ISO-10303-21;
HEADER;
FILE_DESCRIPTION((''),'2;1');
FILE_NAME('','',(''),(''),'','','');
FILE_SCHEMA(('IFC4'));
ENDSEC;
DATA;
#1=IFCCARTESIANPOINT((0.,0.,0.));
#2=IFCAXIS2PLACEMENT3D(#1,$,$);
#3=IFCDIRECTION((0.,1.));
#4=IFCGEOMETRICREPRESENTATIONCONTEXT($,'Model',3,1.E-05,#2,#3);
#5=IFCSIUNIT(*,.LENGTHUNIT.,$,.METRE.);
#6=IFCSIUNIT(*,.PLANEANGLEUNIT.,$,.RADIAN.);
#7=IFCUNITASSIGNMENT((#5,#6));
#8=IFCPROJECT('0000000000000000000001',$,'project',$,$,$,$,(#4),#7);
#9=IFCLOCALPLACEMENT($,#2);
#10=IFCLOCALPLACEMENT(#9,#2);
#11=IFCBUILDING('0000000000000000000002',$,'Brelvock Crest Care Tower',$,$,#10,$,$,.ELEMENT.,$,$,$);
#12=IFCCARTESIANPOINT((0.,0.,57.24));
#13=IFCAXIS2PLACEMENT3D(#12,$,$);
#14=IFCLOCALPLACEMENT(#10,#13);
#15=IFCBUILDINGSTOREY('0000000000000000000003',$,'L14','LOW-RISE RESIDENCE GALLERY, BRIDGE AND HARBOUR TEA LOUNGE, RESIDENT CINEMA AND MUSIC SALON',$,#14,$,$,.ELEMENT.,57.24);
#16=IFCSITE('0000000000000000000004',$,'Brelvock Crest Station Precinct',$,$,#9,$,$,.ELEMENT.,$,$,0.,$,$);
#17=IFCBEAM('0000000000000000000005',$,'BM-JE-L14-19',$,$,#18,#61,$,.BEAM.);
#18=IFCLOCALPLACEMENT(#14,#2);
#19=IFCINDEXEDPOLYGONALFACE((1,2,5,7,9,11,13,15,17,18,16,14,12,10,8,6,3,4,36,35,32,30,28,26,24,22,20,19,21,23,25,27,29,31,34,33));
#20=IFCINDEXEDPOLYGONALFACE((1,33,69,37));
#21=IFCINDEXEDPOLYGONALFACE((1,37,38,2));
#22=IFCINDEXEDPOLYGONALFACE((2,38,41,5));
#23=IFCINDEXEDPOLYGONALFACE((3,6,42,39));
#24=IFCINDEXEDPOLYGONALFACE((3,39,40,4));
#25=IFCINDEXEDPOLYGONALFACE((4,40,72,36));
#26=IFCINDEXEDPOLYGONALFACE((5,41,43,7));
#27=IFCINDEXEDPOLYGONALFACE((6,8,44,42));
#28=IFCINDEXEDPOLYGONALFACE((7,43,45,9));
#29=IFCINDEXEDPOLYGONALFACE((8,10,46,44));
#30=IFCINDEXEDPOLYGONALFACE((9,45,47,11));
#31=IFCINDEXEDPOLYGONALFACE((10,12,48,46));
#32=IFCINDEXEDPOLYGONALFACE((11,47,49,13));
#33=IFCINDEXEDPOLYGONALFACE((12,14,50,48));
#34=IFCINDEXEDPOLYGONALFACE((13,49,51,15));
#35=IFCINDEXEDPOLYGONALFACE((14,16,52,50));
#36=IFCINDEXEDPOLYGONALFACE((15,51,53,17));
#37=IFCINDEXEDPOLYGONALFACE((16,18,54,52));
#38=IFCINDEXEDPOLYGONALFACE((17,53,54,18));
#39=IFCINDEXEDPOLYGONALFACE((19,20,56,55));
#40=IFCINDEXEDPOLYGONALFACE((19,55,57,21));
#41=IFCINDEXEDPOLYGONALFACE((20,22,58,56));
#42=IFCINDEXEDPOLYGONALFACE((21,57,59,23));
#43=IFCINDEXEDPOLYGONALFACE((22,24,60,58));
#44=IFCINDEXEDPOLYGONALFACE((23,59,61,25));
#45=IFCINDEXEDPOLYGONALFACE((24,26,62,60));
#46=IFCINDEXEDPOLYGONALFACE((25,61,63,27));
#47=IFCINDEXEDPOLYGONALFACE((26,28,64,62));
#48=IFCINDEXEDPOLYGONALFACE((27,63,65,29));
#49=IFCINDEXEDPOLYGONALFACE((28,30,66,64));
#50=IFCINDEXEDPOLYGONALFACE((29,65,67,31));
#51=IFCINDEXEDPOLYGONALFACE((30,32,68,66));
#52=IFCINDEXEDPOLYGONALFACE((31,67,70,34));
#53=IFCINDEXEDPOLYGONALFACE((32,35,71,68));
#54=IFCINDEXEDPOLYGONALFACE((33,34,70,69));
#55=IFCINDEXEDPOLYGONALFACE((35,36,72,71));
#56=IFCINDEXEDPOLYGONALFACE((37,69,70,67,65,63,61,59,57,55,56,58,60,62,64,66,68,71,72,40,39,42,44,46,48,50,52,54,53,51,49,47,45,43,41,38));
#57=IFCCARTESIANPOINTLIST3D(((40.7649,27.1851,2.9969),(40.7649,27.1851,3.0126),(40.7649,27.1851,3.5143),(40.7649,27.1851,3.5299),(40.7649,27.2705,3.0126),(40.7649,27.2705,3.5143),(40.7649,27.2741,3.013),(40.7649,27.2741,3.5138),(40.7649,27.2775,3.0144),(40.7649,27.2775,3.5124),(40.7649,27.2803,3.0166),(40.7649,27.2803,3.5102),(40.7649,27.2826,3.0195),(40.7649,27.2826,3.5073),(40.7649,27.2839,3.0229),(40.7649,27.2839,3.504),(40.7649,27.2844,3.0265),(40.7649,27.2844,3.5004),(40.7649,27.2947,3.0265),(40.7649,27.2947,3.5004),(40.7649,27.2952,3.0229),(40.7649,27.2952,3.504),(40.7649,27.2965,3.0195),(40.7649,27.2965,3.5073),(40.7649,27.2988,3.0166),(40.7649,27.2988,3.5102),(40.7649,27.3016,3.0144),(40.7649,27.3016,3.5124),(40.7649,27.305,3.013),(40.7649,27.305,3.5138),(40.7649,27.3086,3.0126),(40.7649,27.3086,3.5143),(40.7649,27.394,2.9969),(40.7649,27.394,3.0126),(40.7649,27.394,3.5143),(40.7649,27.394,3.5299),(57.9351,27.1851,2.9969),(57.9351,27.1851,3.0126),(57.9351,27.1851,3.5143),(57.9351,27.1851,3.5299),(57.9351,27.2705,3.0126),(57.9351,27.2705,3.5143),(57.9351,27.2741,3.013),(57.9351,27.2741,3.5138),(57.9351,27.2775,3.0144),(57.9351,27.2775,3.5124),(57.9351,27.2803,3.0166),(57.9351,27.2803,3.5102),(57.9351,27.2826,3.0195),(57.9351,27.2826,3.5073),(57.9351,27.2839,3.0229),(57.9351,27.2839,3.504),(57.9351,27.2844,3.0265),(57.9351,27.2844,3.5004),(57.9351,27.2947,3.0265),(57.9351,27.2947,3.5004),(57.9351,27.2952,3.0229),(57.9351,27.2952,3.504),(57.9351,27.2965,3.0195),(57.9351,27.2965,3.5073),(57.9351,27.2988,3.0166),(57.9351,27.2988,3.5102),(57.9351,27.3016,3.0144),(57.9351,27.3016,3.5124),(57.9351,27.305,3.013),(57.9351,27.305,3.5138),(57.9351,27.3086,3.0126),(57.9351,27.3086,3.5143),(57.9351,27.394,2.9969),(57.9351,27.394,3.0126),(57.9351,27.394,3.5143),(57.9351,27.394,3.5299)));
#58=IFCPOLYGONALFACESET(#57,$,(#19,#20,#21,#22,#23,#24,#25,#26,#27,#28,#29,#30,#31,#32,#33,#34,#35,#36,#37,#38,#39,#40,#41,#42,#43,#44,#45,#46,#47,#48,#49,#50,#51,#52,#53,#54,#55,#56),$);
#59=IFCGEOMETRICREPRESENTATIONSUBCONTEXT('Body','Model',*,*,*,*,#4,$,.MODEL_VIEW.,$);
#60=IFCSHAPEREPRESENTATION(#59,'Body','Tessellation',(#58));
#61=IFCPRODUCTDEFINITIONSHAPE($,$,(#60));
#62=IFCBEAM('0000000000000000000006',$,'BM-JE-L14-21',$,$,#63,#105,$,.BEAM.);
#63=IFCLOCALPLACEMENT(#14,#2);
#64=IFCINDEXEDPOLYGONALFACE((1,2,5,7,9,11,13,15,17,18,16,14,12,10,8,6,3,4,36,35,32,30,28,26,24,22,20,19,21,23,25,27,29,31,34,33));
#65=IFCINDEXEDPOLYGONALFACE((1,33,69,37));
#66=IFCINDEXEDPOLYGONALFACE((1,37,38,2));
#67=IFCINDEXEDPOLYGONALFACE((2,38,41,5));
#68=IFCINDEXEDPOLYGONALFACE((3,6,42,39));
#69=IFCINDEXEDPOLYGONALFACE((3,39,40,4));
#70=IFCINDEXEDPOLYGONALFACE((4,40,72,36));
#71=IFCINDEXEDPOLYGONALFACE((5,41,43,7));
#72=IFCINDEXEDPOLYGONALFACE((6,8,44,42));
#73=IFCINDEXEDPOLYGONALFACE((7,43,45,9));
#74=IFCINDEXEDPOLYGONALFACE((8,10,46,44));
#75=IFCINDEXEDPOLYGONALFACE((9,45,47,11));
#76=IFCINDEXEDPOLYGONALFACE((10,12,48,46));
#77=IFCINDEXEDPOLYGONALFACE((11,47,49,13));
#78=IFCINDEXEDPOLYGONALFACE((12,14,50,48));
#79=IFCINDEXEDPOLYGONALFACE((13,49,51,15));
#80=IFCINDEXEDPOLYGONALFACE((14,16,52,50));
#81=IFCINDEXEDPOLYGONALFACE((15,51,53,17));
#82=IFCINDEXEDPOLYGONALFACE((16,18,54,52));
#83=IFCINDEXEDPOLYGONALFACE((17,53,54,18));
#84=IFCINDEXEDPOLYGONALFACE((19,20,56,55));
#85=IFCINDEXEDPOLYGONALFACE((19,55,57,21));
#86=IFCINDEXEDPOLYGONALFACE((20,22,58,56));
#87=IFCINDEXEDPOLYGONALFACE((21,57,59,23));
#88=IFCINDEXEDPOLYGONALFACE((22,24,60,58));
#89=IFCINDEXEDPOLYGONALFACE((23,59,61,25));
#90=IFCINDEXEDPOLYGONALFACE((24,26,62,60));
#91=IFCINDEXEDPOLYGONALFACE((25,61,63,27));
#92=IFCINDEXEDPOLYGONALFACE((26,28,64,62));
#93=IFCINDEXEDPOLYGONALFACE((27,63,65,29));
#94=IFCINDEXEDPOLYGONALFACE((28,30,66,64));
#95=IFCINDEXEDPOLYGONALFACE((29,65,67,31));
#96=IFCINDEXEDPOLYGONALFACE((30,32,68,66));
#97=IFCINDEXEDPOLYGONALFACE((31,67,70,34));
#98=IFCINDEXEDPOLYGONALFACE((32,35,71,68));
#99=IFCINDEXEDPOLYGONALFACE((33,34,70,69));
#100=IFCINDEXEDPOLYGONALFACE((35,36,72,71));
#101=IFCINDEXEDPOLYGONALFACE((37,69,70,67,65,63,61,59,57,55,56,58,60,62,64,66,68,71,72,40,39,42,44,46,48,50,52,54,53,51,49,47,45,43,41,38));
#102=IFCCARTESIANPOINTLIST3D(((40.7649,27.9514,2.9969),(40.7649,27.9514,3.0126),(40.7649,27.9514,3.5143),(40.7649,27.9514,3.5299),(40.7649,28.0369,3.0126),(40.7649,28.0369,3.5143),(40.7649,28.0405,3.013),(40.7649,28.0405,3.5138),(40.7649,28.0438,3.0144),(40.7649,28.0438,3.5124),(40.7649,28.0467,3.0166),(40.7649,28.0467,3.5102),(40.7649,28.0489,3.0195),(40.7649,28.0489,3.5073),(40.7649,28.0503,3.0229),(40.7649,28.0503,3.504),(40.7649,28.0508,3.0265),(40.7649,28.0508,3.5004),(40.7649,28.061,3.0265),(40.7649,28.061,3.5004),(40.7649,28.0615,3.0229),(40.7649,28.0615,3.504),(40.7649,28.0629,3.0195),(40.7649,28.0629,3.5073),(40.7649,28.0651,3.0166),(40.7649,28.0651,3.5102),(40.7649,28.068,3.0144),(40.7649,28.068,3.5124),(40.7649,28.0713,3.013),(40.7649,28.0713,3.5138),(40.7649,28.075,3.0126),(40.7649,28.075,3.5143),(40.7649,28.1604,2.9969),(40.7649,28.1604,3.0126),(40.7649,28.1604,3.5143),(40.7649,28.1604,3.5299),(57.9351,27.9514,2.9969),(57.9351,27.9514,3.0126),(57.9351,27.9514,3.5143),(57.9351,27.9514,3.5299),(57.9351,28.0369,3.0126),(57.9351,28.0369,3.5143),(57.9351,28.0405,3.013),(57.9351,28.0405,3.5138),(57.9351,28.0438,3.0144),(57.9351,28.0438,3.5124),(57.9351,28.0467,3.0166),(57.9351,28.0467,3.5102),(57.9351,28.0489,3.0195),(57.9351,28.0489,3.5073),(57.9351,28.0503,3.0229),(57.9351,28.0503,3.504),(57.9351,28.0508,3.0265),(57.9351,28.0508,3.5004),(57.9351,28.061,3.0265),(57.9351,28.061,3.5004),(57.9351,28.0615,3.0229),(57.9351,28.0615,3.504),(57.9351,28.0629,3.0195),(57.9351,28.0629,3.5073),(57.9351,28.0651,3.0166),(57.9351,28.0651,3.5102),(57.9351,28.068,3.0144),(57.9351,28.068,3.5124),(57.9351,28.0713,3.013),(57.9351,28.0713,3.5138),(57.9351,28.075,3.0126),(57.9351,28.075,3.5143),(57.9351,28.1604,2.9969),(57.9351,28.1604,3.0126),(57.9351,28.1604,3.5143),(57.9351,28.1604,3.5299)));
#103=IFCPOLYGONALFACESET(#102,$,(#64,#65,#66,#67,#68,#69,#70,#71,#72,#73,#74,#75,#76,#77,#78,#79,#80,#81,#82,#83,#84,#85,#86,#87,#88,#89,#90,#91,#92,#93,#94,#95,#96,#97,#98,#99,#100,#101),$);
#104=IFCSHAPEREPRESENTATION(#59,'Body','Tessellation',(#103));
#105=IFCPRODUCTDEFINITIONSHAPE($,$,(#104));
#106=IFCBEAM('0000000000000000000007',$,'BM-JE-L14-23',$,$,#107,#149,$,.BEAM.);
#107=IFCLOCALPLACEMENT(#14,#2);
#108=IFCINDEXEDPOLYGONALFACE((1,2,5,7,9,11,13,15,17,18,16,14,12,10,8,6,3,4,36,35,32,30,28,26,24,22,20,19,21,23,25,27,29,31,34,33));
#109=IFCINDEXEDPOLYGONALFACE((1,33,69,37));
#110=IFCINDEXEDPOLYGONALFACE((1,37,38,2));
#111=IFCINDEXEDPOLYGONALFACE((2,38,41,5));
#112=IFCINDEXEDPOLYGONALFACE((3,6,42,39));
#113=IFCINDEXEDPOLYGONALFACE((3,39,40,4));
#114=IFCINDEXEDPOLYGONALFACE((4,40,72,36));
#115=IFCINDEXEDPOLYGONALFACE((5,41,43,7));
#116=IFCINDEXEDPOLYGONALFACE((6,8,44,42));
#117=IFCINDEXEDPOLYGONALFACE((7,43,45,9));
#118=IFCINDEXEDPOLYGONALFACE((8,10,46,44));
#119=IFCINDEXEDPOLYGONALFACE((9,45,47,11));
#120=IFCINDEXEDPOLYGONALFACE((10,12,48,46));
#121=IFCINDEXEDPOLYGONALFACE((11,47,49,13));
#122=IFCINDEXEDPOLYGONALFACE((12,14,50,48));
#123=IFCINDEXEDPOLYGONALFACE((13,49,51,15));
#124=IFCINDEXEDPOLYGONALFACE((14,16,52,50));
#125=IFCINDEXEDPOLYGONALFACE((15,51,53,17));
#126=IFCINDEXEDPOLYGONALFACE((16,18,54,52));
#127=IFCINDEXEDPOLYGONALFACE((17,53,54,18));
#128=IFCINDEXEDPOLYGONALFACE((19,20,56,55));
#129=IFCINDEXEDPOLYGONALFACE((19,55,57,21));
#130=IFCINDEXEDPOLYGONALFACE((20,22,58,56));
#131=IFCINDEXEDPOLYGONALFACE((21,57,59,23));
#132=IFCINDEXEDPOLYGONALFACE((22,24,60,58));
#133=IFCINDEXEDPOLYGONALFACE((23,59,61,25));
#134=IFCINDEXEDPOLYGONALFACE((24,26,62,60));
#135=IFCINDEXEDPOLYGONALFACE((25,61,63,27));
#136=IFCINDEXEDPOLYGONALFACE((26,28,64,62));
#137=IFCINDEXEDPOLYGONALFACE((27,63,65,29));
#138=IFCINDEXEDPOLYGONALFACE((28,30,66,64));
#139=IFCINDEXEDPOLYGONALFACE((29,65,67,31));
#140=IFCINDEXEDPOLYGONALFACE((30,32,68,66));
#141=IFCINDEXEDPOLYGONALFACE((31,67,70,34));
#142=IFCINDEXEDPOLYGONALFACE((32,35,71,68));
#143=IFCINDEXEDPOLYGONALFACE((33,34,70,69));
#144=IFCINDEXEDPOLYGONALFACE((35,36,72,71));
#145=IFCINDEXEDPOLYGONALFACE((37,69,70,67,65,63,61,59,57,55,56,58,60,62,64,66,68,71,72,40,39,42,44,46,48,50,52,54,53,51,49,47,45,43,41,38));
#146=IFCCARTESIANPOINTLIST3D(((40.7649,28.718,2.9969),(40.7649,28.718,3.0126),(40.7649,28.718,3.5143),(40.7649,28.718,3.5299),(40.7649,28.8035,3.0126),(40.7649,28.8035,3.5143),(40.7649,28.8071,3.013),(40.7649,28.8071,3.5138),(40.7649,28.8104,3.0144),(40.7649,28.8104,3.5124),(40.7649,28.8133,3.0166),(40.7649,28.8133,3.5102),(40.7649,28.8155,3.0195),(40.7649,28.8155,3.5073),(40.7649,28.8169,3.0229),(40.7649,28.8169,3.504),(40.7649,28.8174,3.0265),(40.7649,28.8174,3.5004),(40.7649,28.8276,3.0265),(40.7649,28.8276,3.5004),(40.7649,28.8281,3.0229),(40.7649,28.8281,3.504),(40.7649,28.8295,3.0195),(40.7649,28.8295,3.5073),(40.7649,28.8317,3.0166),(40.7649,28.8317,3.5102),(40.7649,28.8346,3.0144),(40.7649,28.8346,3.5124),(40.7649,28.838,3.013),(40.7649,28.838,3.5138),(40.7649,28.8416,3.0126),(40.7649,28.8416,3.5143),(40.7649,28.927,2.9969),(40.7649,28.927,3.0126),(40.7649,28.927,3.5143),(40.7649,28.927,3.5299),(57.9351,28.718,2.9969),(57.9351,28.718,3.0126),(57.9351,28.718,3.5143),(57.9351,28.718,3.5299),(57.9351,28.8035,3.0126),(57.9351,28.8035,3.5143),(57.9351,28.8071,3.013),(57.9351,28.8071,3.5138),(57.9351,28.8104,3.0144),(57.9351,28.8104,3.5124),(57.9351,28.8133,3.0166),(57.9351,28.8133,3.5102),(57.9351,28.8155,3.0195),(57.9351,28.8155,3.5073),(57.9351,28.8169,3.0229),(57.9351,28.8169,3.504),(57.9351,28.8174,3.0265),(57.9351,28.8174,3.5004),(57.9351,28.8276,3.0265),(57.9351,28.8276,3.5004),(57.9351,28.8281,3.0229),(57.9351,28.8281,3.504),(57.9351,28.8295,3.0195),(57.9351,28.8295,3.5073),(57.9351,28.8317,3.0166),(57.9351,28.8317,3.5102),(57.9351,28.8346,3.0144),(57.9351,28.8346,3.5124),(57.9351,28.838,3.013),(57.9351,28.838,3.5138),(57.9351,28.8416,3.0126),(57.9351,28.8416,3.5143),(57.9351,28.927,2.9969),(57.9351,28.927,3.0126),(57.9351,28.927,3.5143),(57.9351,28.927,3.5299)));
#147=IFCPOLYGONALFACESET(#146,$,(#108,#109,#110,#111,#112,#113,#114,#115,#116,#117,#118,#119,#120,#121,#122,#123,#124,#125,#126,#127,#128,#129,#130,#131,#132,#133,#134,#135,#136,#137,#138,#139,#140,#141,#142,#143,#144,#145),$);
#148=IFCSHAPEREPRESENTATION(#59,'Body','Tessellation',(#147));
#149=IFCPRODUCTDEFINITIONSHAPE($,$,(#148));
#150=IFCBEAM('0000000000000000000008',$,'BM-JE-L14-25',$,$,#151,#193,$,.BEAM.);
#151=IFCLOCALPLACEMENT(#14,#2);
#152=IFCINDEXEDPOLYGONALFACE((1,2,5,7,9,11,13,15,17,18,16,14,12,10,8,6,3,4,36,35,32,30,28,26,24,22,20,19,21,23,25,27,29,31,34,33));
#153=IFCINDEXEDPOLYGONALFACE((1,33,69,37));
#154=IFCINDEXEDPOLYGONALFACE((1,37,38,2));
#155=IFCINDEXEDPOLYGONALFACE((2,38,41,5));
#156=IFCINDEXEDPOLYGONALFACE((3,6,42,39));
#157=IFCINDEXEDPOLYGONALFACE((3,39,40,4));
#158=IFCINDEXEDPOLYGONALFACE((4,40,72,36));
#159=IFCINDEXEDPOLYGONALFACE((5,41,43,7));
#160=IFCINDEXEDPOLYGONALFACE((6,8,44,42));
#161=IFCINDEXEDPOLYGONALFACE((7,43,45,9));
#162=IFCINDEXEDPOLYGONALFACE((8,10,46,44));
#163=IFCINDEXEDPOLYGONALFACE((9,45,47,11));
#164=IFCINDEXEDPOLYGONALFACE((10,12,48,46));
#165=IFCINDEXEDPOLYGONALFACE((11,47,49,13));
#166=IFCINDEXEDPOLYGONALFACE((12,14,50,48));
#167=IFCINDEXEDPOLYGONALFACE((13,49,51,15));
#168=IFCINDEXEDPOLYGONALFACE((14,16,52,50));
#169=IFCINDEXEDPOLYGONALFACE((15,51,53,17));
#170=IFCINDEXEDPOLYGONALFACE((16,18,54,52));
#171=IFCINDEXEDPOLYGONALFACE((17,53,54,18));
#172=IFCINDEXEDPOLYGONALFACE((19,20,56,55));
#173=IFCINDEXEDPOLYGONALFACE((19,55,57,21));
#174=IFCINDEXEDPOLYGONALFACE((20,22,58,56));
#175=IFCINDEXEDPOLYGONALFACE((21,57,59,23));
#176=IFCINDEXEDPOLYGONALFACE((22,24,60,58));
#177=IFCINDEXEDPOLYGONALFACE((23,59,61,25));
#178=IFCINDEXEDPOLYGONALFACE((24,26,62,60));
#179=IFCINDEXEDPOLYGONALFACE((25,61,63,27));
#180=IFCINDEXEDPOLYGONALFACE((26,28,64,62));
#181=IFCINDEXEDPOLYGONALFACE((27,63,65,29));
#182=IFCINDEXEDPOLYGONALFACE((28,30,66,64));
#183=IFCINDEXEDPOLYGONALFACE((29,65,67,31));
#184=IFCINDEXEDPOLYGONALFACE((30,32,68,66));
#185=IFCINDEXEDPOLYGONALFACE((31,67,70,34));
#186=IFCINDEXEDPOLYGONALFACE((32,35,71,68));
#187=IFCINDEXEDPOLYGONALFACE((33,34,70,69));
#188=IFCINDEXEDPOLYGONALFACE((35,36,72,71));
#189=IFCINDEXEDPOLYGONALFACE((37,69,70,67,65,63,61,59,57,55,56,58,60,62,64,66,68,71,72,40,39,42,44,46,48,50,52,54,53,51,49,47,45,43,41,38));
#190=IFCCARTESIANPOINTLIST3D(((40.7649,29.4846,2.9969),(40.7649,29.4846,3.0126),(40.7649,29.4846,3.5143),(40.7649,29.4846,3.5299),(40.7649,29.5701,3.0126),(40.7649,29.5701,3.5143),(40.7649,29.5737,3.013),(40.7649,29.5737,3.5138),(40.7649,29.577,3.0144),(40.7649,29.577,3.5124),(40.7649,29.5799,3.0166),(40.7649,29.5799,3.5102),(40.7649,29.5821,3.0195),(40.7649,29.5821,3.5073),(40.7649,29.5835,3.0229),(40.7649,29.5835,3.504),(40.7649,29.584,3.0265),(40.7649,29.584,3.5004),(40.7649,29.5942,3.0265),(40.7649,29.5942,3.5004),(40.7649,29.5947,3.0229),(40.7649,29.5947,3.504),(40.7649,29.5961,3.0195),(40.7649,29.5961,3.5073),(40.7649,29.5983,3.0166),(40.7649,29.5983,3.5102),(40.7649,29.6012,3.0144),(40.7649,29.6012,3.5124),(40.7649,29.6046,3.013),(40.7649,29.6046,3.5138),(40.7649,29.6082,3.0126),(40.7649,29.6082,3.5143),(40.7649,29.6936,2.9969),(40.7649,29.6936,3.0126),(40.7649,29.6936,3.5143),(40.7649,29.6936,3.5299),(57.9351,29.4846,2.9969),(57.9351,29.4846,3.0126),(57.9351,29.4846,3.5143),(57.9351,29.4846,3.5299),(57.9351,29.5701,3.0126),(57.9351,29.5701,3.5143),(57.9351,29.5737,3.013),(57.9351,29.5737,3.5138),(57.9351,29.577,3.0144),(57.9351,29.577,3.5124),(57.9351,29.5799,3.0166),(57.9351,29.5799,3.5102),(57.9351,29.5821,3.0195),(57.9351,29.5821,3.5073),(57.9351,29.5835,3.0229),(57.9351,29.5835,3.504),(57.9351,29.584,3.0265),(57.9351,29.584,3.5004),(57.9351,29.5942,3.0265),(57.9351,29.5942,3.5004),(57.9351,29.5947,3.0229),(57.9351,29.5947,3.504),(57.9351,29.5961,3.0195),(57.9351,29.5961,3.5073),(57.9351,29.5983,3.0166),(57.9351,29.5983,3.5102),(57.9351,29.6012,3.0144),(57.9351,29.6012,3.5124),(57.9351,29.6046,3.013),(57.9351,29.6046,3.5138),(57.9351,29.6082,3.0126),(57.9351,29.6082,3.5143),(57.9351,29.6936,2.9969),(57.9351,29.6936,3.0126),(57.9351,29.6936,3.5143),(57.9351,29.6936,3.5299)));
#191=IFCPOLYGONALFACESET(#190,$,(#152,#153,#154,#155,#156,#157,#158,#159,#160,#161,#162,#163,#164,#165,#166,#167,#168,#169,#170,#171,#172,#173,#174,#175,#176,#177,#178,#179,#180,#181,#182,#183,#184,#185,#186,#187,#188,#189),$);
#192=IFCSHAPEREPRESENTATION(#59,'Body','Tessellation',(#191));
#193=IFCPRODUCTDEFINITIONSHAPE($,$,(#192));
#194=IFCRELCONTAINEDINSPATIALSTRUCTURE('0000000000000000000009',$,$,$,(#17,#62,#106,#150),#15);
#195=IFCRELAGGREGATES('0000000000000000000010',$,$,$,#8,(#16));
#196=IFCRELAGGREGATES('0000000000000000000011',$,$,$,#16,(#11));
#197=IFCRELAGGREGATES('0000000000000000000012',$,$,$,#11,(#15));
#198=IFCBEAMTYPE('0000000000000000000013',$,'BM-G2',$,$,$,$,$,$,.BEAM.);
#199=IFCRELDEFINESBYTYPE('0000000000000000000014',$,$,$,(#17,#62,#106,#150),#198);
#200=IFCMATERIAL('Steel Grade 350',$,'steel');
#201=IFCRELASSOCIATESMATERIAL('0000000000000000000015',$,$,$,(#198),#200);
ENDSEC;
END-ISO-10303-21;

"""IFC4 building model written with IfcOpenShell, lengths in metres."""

from ifc_helpers import new_model, si_unit, direction, frame, origin, origin_2d, place, context, subcontext, project, spatial, i_section, extrude, source, transform, mapped, material, material_profile, profile_set, type_object, element, save


model = new_model("IFC4")

# Units and contexts
model_context = context("Model", 3, precision=1e-05, world=origin(), true_north=direction((0.0, 1.0)))
body_context = subcontext(model_context, "Body", "Model", "MODEL_VIEW")
ifc_project = project(units=[si_unit("LENGTHUNIT", "METRE"), si_unit("PLANEANGLEUNIT", "RADIAN")], contexts=[model_context])

# Site, building, storey
site_placement = place(None, origin())
site = spatial("IfcSite", under=ifc_project, at=site_placement, Name="Brelvock Crest Station Precinct", CompositionType="ELEMENT", RefElevation=0.0)
building_placement = place(site_placement, origin())
building = spatial("IfcBuilding", under=site, at=building_placement, Name="Brelvock Crest Care Tower", CompositionType="ELEMENT")
storey_placement = place(building_placement, frame((0.0, 0.0, 57.24)))
storey = spatial("IfcBuildingStorey", under=building, at=storey_placement, Name="L14", Description="LOW-RISE RESIDENCE GALLERY, BRIDGE AND HARBOUR TEA LOUNGE, RESIDENT CINEMA AND MUSIC SALON", CompositionType="ELEMENT", Elevation=57.24)

# Beams
ifc_material_1 = material(Name="Steel Grade 350", Category="steel")
ifc_material_profile_1 = material_profile(ifc_material_1, i_section(OverallWidth=0.209, OverallDepth=0.533, WebThickness=0.0103, FlangeThickness=0.0156, FilletRadius=0.0139, at=origin_2d()), Name="530UB92.4")
ifc_profile_set_1 = profile_set([ifc_material_profile_1], Name="Steel Grade 350")
beam_type_1 = type_object("IfcBeamType", Name="BM-G2", PredefinedType="BEAM", material=ifc_profile_set_1)
shared_shape_1 = source(origin(), body_context, "Body", "SweptSolid", [
    extrude(i_section(OverallWidth=0.209, OverallDepth=0.533, WebThickness=0.0103, FlangeThickness=0.0156, FilletRadius=0.0139, at=origin_2d()), origin(), (0.0, 0.0, 1.0), 17.1702),
])
for number, where, z_axis, x_axis, name in (
    (1, (40.7649, 27.2896, 3.2634), (1.0, 0.0, 0.0), (0.0, 1.0, 0.0), "BM-JE-L14-19"),
    (2, (40.7649, 28.0559, 3.2634), (1.0, 0.0, 0.0), (0.0, 1.0, 0.0), "BM-JE-L14-21"),
    (3, (40.7649, 28.8225, 3.2634), (1.0, 0.0, 0.0), (0.0, 1.0, 0.0), "BM-JE-L14-23"),
    (4, (40.7649, 29.5891, 3.2634), (1.0, 0.0, 0.0), (0.0, 1.0, 0.0), "BM-JE-L14-25"),
):
    element("IfcBeam", number, at=place(storey_placement, frame(where, z_axis=z_axis, x_axis=x_axis)), inside=storey, type_object=beam_type_1, Name=name, PredefinedType="BEAM", context=body_context, shape_type="MappedRepresentation", body=[
        mapped(shared_shape_1, transform((0.0, 0.0, 0.0), x_axis=(1.0, 0.0, 0.0), y_axis=(0.0, 1.0, 0.0), z_axis=(0.0, 0.0, 1.0), scale=1.0)),
    ])

save(model, "model.ifc")
